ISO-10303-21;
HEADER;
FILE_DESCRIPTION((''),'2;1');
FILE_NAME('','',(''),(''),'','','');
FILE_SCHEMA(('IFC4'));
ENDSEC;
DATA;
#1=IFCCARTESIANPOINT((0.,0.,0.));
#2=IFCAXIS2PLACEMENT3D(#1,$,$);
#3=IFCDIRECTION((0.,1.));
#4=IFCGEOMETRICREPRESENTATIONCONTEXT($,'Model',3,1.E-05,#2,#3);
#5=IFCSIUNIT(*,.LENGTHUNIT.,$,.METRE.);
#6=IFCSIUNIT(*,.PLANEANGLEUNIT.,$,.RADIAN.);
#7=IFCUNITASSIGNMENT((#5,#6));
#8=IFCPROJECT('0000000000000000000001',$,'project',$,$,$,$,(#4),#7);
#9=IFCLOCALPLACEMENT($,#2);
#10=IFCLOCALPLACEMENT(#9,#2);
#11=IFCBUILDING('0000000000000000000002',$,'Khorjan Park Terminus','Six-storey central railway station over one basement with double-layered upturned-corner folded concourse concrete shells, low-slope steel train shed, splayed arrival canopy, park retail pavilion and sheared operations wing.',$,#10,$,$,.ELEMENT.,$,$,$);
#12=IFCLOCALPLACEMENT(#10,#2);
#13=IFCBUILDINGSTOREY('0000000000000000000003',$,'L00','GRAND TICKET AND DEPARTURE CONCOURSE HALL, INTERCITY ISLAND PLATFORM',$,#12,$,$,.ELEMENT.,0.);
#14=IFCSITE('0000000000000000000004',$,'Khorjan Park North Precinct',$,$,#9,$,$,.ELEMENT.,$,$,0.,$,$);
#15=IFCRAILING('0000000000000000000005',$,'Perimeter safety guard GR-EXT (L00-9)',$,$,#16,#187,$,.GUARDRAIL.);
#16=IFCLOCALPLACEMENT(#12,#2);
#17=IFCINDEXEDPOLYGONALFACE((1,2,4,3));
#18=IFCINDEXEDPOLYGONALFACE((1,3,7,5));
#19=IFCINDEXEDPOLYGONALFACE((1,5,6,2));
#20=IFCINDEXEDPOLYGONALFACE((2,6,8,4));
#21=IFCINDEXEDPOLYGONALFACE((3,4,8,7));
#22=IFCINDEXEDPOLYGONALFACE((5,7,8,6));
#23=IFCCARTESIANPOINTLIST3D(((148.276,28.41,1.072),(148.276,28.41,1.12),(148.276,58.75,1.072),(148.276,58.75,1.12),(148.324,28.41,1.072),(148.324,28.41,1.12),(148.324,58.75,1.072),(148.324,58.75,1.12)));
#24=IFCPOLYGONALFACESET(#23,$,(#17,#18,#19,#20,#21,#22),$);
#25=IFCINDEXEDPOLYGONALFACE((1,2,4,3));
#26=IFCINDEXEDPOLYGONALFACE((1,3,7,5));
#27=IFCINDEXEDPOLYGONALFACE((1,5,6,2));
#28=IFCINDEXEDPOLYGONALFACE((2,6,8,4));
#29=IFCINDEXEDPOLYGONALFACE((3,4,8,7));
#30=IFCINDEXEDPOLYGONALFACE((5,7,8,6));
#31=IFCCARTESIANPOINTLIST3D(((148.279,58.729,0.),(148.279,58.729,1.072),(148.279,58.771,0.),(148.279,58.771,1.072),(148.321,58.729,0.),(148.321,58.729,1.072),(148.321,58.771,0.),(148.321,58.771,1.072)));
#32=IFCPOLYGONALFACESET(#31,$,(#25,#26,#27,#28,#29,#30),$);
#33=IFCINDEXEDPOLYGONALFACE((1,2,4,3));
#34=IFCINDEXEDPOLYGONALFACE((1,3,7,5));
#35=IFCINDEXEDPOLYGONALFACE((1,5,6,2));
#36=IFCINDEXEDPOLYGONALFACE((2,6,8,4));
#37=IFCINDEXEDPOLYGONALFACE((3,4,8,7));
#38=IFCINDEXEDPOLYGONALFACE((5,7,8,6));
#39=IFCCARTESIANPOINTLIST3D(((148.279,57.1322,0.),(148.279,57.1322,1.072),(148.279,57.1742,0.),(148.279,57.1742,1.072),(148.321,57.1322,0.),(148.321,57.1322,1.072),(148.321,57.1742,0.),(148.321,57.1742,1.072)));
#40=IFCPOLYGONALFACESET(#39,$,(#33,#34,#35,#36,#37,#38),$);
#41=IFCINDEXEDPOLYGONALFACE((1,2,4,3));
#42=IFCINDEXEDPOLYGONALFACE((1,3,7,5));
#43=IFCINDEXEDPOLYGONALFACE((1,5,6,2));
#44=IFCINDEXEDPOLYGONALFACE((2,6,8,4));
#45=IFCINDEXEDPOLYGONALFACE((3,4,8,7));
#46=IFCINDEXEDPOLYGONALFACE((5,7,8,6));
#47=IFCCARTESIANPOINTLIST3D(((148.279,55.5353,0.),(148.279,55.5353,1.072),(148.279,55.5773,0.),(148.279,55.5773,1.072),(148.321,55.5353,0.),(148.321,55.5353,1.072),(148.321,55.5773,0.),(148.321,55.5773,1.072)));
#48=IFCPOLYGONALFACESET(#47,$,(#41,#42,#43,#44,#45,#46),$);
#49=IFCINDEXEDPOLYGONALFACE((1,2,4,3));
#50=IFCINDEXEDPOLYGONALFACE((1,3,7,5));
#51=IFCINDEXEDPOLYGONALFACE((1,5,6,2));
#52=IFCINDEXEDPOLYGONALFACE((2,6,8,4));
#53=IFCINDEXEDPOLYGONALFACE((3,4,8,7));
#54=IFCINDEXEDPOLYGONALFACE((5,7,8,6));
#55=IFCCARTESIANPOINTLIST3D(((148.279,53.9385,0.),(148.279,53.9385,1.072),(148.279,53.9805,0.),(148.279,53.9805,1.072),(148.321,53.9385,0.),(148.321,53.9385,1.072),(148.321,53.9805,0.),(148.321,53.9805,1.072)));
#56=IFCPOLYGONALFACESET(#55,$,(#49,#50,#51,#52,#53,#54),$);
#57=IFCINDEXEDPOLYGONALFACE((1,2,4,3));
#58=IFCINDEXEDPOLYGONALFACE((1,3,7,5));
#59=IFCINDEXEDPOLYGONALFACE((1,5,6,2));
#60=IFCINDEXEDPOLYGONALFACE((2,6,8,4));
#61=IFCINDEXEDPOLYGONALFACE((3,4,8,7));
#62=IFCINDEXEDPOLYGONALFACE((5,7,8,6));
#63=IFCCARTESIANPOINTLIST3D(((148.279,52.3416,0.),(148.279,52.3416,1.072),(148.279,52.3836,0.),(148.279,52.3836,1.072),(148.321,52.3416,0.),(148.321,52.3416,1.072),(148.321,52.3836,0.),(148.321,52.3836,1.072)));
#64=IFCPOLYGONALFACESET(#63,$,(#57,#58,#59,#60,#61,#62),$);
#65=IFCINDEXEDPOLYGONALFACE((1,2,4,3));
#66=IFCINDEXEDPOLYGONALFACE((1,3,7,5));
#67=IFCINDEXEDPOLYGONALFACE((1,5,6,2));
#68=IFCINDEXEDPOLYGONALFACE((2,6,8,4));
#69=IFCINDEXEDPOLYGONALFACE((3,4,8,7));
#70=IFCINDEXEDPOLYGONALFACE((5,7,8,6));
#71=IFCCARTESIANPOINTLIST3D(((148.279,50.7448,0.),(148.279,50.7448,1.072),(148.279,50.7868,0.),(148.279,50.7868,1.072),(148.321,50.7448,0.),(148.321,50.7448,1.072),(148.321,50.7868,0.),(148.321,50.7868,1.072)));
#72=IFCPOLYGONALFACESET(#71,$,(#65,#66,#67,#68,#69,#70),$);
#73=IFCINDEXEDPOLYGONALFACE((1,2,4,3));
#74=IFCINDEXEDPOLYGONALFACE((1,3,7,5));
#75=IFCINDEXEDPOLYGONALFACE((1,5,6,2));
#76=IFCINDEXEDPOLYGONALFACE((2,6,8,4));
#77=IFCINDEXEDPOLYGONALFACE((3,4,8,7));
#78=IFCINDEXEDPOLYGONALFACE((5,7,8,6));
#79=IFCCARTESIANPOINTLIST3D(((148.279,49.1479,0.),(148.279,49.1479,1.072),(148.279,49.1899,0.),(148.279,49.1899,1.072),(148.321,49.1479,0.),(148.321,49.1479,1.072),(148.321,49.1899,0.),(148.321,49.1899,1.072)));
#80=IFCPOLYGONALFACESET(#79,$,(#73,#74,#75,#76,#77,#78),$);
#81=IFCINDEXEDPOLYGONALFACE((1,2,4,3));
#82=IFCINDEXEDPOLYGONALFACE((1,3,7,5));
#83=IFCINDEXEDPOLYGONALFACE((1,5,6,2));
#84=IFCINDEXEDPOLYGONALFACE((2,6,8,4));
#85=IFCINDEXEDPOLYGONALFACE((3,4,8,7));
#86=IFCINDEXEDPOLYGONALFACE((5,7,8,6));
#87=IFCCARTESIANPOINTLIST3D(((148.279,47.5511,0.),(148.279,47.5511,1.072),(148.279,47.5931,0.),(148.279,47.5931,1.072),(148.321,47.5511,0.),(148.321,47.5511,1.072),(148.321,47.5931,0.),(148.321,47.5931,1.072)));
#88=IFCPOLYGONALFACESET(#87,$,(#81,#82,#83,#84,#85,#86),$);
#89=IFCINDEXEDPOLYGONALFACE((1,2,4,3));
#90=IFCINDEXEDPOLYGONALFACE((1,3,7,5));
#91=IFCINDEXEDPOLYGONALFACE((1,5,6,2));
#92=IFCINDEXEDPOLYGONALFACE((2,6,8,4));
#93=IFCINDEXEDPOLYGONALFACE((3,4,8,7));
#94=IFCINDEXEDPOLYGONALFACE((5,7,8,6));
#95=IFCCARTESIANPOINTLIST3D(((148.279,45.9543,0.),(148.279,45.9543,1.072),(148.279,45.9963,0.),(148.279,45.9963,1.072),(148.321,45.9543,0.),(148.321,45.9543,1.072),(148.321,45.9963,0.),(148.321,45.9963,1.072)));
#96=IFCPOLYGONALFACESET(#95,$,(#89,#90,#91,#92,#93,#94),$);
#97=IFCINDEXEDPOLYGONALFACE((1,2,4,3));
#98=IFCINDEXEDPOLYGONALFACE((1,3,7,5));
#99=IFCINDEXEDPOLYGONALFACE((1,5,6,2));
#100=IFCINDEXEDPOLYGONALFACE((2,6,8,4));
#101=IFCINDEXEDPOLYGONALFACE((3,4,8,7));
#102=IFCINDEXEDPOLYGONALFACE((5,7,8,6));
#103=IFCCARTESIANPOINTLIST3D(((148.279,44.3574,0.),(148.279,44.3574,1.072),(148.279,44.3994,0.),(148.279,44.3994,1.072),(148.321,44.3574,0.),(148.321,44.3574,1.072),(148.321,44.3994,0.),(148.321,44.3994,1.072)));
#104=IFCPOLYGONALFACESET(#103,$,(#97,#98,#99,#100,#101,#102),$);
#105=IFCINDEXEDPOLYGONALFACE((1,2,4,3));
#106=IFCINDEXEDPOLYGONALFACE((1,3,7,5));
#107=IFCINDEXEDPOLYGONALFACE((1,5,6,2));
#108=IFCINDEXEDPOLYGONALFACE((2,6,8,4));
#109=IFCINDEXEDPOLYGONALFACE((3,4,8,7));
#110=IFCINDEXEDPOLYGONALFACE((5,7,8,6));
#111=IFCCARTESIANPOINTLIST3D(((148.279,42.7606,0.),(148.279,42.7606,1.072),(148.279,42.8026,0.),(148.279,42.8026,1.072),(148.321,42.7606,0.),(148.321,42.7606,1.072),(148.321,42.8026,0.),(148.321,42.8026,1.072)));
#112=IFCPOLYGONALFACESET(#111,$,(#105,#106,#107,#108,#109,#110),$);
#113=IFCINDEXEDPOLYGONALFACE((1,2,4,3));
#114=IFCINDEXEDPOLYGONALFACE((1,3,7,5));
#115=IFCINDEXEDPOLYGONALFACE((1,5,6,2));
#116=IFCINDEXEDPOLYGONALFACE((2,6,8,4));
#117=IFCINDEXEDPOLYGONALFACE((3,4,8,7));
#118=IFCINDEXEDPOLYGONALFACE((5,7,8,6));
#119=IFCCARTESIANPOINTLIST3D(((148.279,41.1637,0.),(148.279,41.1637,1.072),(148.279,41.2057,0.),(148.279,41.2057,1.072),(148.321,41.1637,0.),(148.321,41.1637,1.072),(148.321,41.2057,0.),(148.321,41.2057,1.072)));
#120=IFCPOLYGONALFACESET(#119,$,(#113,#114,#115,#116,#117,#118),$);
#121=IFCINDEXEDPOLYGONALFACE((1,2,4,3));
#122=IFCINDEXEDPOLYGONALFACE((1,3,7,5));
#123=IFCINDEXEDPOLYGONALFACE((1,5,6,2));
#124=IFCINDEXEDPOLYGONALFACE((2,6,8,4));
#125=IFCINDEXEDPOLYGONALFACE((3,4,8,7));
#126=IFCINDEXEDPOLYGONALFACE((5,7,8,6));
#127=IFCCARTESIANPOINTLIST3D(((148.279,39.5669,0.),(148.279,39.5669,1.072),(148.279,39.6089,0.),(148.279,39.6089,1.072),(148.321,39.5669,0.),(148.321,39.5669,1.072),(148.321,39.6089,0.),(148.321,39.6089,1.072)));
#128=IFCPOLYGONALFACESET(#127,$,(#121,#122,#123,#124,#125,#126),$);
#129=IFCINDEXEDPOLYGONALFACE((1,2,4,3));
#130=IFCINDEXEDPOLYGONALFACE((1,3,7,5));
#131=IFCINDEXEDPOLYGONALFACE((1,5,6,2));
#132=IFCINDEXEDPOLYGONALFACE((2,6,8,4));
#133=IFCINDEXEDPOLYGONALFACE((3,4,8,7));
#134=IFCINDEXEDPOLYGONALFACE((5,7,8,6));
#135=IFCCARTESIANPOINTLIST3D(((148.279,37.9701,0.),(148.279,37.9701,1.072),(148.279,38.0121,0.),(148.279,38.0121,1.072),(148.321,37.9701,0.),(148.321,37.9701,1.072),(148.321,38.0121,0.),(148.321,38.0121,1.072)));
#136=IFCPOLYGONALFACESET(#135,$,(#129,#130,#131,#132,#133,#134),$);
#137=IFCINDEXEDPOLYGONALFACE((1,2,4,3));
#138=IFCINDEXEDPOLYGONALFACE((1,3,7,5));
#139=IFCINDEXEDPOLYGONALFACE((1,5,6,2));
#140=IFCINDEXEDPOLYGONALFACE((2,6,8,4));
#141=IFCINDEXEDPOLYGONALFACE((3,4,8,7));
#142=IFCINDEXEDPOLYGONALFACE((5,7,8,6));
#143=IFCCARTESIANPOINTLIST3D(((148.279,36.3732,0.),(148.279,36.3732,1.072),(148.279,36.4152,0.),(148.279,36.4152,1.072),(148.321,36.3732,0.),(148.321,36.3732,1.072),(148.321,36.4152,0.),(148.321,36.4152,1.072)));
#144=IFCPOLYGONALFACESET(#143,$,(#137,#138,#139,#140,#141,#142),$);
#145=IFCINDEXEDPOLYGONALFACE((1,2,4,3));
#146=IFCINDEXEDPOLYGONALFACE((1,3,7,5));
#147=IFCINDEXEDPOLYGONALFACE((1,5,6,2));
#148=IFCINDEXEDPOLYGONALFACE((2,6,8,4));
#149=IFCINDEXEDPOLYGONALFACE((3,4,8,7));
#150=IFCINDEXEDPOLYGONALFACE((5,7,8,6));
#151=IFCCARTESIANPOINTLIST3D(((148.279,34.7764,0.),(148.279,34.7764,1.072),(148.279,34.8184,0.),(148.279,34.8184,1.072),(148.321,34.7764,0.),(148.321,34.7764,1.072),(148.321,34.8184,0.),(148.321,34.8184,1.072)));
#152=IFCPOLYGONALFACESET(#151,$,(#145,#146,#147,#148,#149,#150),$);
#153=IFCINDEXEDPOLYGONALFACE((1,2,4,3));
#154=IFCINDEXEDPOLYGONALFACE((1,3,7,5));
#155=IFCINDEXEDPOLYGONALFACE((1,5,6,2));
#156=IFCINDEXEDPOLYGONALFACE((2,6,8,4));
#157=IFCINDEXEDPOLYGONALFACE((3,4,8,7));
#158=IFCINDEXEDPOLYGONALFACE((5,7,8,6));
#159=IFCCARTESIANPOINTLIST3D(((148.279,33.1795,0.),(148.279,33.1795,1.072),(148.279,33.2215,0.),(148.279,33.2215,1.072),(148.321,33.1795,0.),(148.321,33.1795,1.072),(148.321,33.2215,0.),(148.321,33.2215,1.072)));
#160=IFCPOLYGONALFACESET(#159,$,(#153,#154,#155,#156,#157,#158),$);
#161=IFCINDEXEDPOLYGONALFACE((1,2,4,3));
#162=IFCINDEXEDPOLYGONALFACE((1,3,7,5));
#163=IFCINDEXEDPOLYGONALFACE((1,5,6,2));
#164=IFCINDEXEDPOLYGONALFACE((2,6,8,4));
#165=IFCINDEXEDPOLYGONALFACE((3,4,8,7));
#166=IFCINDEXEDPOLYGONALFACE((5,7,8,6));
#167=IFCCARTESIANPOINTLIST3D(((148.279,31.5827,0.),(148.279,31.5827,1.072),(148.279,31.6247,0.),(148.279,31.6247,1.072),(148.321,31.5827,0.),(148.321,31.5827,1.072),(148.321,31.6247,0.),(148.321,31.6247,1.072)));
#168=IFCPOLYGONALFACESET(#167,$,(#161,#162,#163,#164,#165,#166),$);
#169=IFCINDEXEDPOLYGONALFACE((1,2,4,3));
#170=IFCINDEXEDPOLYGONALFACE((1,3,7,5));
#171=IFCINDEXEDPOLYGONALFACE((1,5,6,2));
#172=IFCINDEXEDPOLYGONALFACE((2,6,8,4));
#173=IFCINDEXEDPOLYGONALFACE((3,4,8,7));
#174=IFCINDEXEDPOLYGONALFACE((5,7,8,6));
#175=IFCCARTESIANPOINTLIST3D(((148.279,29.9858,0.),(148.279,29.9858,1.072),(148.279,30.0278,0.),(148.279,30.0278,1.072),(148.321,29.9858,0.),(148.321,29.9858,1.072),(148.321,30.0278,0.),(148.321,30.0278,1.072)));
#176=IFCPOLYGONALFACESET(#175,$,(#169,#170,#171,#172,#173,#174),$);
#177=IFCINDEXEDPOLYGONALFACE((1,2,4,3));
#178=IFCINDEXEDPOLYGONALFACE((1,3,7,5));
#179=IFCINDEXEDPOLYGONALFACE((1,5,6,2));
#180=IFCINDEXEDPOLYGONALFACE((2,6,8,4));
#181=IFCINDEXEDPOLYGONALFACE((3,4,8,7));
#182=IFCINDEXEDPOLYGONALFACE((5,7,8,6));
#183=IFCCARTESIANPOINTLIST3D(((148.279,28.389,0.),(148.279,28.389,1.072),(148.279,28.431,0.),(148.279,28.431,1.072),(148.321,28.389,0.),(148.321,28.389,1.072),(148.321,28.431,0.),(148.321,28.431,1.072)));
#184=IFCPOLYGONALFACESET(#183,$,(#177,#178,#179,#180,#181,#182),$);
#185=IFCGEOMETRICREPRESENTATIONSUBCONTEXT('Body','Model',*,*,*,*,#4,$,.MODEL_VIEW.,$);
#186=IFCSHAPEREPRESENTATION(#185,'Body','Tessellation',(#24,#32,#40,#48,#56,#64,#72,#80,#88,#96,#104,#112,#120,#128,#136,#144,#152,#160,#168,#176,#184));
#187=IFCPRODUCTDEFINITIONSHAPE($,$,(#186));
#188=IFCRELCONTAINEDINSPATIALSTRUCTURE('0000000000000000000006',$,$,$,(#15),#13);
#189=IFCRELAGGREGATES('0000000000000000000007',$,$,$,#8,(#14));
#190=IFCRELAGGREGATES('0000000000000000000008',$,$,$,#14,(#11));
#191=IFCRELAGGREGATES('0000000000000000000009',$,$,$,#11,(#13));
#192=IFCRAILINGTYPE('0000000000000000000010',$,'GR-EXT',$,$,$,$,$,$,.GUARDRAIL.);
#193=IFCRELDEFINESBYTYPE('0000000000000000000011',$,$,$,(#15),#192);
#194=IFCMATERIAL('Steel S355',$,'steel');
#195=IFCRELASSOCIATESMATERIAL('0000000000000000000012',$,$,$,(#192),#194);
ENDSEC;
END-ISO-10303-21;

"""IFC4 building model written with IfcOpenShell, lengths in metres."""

from ifc_helpers import new_model, si_unit, direction, frame, origin, origin_2d, place, context, subcontext, project, spatial, rectangle, extrude, material, type_object, element, save


model = new_model("IFC4")

# Units and contexts
model_context = context("Model", 3, precision=1e-05, world=origin(), true_north=direction((0.0, 1.0)))
body_context = subcontext(model_context, "Body", "Model", "MODEL_VIEW")
ifc_project = project(units=[si_unit("LENGTHUNIT", "METRE"), si_unit("PLANEANGLEUNIT", "RADIAN")], contexts=[model_context])

# Site, building, storey
site_placement = place(None, origin())
site = spatial("IfcSite", under=ifc_project, at=site_placement, Name="Khorjan Park North Precinct", CompositionType="ELEMENT", RefElevation=0.0)
building_placement = place(site_placement, origin())
building = spatial("IfcBuilding", under=site, at=building_placement, Name="Khorjan Park Terminus", Description="Six-storey central railway station over one basement with double-layered upturned-corner folded concourse concrete shells, low-slope steel train shed, splayed arrival canopy, park retail pavilion and sheared operations wing.", CompositionType="ELEMENT")
storey_placement = place(building_placement, origin())
storey = spatial("IfcBuildingStorey", under=building, at=storey_placement, Name="L00", Description="GRAND TICKET AND DEPARTURE CONCOURSE HALL, INTERCITY ISLAND PLATFORM", CompositionType="ELEMENT", Elevation=0.0)

# Shared definitions
ifc_material_1 = material(Name="Steel S355", Category="steel")

# Railing
railing_type = type_object("IfcRailingType", Name="GR-EXT", PredefinedType="GUARDRAIL", material=ifc_material_1)
railing_1_placement = place(storey_placement, frame((148.3, 58.75, 0.0)))
element("IfcRailing", 1, at=railing_1_placement, inside=storey, type_object=railing_type, Name="Perimeter safety guard GR-EXT (L00-9)", PredefinedType="GUARDRAIL", context=body_context, shape_type="SweptSolid", body=[
    extrude(rectangle(XDim=0.048, YDim=0.048, at=origin_2d()), frame((0.0, 0.0, 1.096), z_axis=(0.0, -1.0, 0.0), x_axis=(1.0, 0.0, 0.0)), (0.0, 0.0, 1.0), 30.34),
    extrude(rectangle(XDim=0.042, YDim=0.042, at=origin_2d()), origin(), (0.0, 0.0, 1.0), 1.072),
    extrude(rectangle(XDim=0.042, YDim=0.042, at=origin_2d()), frame((0.0, -1.5968, 0.0)), (0.0, 0.0, 1.0), 1.072),
    extrude(rectangle(XDim=0.042, YDim=0.042, at=origin_2d()), frame((0.0, -3.1937, 0.0)), (0.0, 0.0, 1.0), 1.072),
    extrude(rectangle(XDim=0.042, YDim=0.042, at=origin_2d()), frame((0.0, -4.7905, 0.0)), (0.0, 0.0, 1.0), 1.072),
    extrude(rectangle(XDim=0.042, YDim=0.042, at=origin_2d()), frame((0.0, -6.3874, 0.0)), (0.0, 0.0, 1.0), 1.072),
    extrude(rectangle(XDim=0.042, YDim=0.042, at=origin_2d()), frame((0.0, -7.9842, 0.0)), (0.0, 0.0, 1.0), 1.072),
    extrude(rectangle(XDim=0.042, YDim=0.042, at=origin_2d()), frame((0.0, -9.5811, 0.0)), (0.0, 0.0, 1.0), 1.072),
    extrude(rectangle(XDim=0.042, YDim=0.042, at=origin_2d()), frame((0.0, -11.1779, 0.0)), (0.0, 0.0, 1.0), 1.072),
    extrude(rectangle(XDim=0.042, YDim=0.042, at=origin_2d()), frame((0.0, -12.7747, 0.0)), (0.0, 0.0, 1.0), 1.072),
    extrude(rectangle(XDim=0.042, YDim=0.042, at=origin_2d()), frame((0.0, -14.3716, 0.0)), (0.0, 0.0, 1.0), 1.072),
    extrude(rectangle(XDim=0.042, YDim=0.042, at=origin_2d()), frame((0.0, -15.9684, 0.0)), (0.0, 0.0, 1.0), 1.072),
    extrude(rectangle(XDim=0.042, YDim=0.042, at=origin_2d()), frame((0.0, -17.5653, 0.0)), (0.0, 0.0, 1.0), 1.072),
    extrude(rectangle(XDim=0.042, YDim=0.042, at=origin_2d()), frame((0.0, -19.1621, 0.0)), (0.0, 0.0, 1.0), 1.072),
    extrude(rectangle(XDim=0.042, YDim=0.042, at=origin_2d()), frame((0.0, -20.7589, 0.0)), (0.0, 0.0, 1.0), 1.072),
    extrude(rectangle(XDim=0.042, YDim=0.042, at=origin_2d()), frame((0.0, -22.3558, 0.0)), (0.0, 0.0, 1.0), 1.072),
    extrude(rectangle(XDim=0.042, YDim=0.042, at=origin_2d()), frame((0.0, -23.9526, 0.0)), (0.0, 0.0, 1.0), 1.072),
    extrude(rectangle(XDim=0.042, YDim=0.042, at=origin_2d()), frame((0.0, -25.5495, 0.0)), (0.0, 0.0, 1.0), 1.072),
    extrude(rectangle(XDim=0.042, YDim=0.042, at=origin_2d()), frame((0.0, -27.1463, 0.0)), (0.0, 0.0, 1.0), 1.072),
    extrude(rectangle(XDim=0.042, YDim=0.042, at=origin_2d()), frame((0.0, -28.7432, 0.0)), (0.0, 0.0, 1.0), 1.072),
    extrude(rectangle(XDim=0.042, YDim=0.042, at=origin_2d()), frame((0.0, -30.34, 0.0)), (0.0, 0.0, 1.0), 1.072),
])

save(model, "model.ifc")
